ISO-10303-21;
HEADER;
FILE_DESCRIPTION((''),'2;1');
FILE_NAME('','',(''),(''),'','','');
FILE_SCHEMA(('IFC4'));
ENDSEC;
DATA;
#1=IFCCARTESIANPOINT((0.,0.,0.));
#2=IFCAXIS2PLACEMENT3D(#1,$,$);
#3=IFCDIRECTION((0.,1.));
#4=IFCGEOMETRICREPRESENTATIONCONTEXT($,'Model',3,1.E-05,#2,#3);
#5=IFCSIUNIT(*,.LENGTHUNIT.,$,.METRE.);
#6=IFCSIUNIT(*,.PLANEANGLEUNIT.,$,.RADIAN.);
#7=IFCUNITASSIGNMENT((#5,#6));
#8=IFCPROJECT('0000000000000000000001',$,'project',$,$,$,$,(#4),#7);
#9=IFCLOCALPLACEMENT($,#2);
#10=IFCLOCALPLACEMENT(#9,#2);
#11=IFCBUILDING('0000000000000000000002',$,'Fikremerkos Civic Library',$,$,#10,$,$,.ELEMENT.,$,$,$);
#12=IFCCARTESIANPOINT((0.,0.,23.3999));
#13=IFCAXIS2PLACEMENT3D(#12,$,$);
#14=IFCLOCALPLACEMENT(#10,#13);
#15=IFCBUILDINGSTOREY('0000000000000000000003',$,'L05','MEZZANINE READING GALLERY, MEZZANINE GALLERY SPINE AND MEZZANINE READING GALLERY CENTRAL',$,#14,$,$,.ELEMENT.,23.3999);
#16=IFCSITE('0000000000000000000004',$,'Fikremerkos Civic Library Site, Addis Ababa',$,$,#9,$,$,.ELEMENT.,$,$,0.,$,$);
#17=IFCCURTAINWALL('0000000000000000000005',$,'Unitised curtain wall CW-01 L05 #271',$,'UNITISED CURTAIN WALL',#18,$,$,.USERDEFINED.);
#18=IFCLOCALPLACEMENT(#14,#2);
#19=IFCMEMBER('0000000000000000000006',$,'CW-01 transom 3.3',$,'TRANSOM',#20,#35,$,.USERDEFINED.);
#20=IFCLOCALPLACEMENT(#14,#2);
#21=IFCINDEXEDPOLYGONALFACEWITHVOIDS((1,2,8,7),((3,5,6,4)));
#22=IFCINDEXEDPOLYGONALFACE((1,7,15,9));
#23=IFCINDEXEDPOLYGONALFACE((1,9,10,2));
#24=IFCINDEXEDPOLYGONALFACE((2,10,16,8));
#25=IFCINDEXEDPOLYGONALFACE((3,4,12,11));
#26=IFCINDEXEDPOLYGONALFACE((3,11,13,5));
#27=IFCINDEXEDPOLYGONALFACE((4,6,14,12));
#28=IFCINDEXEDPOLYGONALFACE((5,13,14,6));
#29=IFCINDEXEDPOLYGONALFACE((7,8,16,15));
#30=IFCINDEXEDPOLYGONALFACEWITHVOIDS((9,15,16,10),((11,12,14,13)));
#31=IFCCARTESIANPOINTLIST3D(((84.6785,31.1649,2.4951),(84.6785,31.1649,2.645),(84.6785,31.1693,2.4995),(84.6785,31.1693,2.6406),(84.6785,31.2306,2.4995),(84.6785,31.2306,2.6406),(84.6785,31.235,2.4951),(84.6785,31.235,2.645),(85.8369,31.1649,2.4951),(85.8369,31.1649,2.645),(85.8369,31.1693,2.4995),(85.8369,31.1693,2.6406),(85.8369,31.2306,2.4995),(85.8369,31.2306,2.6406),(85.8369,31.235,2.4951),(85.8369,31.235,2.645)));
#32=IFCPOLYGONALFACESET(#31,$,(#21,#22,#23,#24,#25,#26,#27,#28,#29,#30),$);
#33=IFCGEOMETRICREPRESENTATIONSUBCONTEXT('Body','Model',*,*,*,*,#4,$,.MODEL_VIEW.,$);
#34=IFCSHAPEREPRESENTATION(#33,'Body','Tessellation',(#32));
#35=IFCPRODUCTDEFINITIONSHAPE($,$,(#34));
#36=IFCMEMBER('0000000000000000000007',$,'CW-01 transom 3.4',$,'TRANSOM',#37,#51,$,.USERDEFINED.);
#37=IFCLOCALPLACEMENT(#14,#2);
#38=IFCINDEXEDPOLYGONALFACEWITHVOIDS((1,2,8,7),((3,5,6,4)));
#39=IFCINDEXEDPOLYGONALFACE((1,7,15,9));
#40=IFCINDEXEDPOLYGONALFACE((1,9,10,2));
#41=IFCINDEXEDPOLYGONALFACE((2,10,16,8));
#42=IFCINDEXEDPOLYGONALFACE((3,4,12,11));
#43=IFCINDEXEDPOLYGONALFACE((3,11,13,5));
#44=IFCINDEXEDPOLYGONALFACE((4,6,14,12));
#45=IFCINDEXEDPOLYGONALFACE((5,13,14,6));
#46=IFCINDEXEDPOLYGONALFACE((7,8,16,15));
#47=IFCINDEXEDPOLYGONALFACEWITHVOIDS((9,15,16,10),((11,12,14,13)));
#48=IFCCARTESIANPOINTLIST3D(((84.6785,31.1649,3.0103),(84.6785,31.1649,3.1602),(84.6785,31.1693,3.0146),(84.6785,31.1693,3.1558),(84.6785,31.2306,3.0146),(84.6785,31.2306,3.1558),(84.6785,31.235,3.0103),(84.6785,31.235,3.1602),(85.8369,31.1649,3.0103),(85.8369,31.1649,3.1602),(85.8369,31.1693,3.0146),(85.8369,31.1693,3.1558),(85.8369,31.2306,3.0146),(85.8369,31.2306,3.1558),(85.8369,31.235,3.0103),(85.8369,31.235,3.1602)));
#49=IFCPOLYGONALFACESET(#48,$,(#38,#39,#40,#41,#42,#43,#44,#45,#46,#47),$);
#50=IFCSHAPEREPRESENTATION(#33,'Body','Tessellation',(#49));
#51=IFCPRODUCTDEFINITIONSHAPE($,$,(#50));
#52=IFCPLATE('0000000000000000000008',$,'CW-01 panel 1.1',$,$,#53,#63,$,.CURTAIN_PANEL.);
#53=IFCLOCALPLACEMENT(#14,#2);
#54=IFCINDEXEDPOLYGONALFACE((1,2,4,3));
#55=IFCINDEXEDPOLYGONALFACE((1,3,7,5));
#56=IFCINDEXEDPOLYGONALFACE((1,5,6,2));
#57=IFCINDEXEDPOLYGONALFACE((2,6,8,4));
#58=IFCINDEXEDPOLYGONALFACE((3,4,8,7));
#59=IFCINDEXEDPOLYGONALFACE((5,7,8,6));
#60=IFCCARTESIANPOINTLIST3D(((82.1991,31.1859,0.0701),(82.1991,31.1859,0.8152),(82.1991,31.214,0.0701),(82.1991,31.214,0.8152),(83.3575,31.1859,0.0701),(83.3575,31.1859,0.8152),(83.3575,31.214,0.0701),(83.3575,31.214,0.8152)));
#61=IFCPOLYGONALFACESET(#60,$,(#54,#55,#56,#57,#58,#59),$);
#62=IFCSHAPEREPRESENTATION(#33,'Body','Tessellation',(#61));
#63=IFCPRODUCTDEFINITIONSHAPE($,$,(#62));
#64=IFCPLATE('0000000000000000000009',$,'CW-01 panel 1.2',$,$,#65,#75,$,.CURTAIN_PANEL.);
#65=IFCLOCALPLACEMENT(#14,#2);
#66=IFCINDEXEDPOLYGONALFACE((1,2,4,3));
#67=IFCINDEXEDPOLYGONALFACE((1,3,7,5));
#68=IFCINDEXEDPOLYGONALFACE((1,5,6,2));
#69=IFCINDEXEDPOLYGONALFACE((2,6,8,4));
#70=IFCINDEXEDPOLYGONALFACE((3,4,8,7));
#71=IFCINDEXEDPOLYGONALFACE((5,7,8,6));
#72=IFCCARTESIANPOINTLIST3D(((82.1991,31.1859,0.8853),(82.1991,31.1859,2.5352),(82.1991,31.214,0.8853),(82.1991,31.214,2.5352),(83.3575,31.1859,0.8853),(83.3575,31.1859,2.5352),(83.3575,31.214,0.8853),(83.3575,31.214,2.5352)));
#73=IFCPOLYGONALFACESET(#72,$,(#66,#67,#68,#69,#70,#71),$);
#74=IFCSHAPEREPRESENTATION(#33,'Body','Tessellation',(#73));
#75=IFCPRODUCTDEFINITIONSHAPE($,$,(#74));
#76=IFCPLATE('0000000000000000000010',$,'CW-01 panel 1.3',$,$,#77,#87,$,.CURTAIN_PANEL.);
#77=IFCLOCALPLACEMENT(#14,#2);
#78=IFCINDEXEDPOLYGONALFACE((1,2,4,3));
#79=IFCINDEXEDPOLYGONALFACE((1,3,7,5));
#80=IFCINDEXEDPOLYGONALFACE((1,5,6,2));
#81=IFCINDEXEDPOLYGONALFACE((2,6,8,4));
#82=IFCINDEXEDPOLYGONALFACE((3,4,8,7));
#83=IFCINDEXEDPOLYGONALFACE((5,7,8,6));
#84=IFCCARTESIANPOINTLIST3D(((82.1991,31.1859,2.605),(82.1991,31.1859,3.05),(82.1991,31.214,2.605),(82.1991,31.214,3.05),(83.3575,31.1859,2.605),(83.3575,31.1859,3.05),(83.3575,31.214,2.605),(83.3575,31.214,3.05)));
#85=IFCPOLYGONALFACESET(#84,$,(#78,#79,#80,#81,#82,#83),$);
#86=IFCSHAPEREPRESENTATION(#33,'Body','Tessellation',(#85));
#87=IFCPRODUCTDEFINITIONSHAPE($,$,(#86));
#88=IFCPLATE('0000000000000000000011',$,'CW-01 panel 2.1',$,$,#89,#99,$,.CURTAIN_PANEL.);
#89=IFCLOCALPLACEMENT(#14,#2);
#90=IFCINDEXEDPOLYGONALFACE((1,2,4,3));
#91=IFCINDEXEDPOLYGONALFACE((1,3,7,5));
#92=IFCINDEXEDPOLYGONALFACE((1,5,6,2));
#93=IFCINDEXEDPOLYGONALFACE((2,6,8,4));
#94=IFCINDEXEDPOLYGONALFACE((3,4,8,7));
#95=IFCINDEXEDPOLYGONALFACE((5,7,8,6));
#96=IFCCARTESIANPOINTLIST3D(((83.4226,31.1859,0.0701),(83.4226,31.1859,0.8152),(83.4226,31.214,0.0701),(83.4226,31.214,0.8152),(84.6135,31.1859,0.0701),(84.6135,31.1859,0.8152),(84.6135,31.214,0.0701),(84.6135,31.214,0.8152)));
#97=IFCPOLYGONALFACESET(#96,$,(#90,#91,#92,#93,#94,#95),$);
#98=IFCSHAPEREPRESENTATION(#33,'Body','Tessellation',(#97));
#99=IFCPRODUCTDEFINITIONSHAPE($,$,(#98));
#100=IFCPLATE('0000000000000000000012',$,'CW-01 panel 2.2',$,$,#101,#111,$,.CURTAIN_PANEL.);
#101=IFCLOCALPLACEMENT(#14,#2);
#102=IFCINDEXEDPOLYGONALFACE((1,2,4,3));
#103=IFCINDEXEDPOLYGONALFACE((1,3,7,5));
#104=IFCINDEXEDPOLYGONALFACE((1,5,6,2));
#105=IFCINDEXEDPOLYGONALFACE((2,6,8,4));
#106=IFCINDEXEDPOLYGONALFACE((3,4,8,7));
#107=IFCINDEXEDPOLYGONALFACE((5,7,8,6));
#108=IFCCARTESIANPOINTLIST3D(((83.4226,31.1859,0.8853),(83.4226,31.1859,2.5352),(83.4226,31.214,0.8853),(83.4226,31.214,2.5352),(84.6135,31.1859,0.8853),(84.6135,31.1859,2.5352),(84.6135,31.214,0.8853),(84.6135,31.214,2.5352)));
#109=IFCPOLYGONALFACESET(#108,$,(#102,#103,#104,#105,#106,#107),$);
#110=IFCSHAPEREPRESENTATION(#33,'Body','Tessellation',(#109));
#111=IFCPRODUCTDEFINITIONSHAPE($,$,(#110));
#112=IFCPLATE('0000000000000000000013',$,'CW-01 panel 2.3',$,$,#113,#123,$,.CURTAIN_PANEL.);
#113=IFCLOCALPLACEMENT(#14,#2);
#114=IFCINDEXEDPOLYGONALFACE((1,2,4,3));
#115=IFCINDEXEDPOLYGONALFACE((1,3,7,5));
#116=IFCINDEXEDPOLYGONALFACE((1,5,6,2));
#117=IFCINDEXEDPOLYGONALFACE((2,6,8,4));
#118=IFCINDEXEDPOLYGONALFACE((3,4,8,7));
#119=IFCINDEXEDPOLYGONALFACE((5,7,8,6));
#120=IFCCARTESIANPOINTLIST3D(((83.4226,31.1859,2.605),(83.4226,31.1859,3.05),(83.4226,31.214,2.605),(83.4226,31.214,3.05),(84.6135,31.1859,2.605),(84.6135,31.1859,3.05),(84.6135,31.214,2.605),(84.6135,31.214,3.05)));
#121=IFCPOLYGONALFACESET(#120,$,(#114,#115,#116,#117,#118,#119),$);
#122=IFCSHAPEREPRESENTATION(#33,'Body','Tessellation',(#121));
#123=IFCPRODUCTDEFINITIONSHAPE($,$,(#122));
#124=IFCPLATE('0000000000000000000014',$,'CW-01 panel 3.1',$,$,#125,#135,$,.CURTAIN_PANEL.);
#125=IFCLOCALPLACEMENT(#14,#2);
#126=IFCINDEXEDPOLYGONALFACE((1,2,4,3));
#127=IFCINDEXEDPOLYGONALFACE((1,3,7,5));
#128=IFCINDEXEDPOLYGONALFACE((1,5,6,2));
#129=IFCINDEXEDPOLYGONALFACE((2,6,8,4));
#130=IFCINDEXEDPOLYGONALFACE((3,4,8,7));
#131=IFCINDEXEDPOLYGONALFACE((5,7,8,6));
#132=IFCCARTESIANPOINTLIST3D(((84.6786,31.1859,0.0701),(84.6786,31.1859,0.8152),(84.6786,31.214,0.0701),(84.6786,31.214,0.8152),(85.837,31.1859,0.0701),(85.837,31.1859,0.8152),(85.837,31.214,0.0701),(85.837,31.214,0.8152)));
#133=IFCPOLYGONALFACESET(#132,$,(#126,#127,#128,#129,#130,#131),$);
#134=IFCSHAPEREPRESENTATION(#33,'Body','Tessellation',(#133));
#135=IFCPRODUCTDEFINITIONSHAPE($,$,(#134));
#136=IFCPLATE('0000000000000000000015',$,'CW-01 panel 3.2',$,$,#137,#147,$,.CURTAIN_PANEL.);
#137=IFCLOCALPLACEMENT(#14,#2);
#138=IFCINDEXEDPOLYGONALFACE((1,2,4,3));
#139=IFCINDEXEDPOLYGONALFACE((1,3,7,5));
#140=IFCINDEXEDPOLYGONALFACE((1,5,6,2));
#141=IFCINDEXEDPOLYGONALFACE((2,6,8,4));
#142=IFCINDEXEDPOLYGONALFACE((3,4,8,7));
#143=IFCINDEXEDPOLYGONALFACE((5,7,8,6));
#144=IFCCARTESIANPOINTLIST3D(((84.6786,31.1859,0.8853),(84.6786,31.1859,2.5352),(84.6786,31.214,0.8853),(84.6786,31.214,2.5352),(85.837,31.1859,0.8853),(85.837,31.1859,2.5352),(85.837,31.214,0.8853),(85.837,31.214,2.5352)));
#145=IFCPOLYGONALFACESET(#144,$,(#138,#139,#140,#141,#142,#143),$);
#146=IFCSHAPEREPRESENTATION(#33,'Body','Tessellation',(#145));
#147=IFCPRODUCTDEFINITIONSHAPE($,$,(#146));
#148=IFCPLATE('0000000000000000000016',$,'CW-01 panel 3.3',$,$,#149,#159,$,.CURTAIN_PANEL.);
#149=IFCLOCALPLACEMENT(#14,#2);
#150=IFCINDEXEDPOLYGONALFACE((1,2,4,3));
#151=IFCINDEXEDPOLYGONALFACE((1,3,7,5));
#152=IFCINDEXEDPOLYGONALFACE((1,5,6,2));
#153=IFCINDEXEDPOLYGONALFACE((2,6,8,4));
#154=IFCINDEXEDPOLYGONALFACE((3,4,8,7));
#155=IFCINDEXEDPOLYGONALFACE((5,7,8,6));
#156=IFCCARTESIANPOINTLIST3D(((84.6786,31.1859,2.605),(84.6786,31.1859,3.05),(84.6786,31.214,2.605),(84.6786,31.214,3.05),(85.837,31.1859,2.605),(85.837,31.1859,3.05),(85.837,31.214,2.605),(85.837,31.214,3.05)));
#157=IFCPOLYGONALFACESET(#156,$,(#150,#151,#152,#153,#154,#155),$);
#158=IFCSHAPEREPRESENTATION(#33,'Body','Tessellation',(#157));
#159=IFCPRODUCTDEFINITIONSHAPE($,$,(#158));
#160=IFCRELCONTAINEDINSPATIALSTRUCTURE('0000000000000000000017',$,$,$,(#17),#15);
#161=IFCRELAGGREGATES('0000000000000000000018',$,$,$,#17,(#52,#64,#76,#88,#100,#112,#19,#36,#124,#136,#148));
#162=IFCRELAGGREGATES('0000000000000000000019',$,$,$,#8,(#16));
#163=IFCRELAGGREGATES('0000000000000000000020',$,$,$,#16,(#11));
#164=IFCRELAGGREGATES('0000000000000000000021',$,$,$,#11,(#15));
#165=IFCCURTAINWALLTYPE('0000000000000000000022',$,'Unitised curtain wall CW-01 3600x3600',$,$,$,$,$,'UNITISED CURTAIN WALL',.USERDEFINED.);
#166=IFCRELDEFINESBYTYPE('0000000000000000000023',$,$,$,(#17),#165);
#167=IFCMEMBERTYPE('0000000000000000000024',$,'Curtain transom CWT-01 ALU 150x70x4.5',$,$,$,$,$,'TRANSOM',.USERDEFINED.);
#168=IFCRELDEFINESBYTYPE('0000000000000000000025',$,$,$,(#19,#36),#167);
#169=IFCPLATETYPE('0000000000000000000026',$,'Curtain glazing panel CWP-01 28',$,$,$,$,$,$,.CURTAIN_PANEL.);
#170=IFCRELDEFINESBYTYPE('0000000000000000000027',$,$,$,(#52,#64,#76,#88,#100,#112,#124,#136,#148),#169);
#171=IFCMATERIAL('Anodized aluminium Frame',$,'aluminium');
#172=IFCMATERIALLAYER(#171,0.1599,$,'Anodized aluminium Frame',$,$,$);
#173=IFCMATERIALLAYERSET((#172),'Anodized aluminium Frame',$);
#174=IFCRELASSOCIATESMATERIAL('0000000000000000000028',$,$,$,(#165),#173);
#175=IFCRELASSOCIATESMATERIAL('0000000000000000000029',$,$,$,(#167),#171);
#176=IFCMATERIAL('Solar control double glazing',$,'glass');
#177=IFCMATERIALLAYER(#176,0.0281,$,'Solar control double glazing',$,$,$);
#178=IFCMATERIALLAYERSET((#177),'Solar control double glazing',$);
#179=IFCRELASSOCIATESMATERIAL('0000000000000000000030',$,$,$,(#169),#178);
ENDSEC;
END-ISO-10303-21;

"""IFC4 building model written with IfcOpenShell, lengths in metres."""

from ifc_helpers import new_model, si_unit, direction, frame, origin, origin_2d, place, context, subcontext, project, spatial, rectangle, hollow_rectangle, extrude, material, layer, layer_set, material_profile, profile_set, type_object, element, aggregate, save


model = new_model("IFC4")

# Units and contexts
model_context = context("Model", 3, precision=1e-05, world=origin(), true_north=direction((0.0, 1.0)))
body_context = subcontext(model_context, "Body", "Model", "MODEL_VIEW")
ifc_project = project(units=[si_unit("LENGTHUNIT", "METRE"), si_unit("PLANEANGLEUNIT", "RADIAN")], contexts=[model_context])

# Site, building, storey
site_placement = place(None, origin())
site = spatial("IfcSite", under=ifc_project, at=site_placement, Name="Fikremerkos Civic Library Site, Addis Ababa", CompositionType="ELEMENT", RefElevation=0.0)
building_placement = place(site_placement, origin())
building = spatial("IfcBuilding", under=site, at=building_placement, Name="Fikremerkos Civic Library", CompositionType="ELEMENT")
storey_placement = place(building_placement, frame((0.0, 0.0, 23.3999)))
storey = spatial("IfcBuildingStorey", under=building, at=storey_placement, Name="L05", Description="MEZZANINE READING GALLERY, MEZZANINE GALLERY SPINE AND MEZZANINE READING GALLERY CENTRAL", CompositionType="ELEMENT", Elevation=23.3999)

# Curtain wall, members, plates
ifc_material_1 = material(Name="Anodized aluminium Frame", Category="aluminium")
ifc_layer_1 = layer(ifc_material_1, 0.1599, Name="Anodized aluminium Frame")
ifc_layer_set_1 = layer_set([ifc_layer_1], Name="Anodized aluminium Frame")
curtain_wall_type = type_object("IfcCurtainWallType", Name="Unitised curtain wall CW-01 3600x3600", ElementType="UNITISED CURTAIN WALL", PredefinedType="USERDEFINED", material=ifc_layer_set_1)
curtain_wall_placement = place(storey_placement, origin())
curtain_wall = element("IfcCurtainWall", 1, at=curtain_wall_placement, inside=storey, type_object=curtain_wall_type, Name="Unitised curtain wall CW-01 L05 #271", ObjectType="UNITISED CURTAIN WALL", PredefinedType="USERDEFINED")
ifc_material_profile_1 = material_profile(ifc_material_1, hollow_rectangle(XDim=0.0701, YDim=0.1499, WallThickness=0.0044, at=origin_2d()), Name="ALU 150x70x4.5")
ifc_profile_set_1 = profile_set([ifc_material_profile_1], Name="Anodized aluminium Frame")
member_type_1 = type_object("IfcMemberType", Name="Curtain transom CWT-01 ALU 150x70x4.5", ElementType="TRANSOM", PredefinedType="USERDEFINED", material=ifc_profile_set_1)
member_1_placement = place(storey_placement, frame((84.6785, 31.2, 2.5701), z_axis=(1.0, 0.0, 0.0), x_axis=(0.0, 1.0, 0.0)))
member_1 = element("IfcMember", 2, at=member_1_placement, type_object=member_type_1, Name="CW-01 transom 3.3", ObjectType="TRANSOM", PredefinedType="USERDEFINED", context=body_context, shape_type="SweptSolid", body=[
    extrude(hollow_rectangle(XDim=0.0701, YDim=0.1499, WallThickness=0.0044, at=origin_2d()), origin(), (0.0, 0.0, 1.0), 1.1584),
])
member_2_placement = place(storey_placement, frame((84.6785, 31.2, 3.0852), z_axis=(1.0, 0.0, 0.0), x_axis=(0.0, 1.0, 0.0)))
member_2 = element("IfcMember", 3, at=member_2_placement, type_object=member_type_1, Name="CW-01 transom 3.4", ObjectType="TRANSOM", PredefinedType="USERDEFINED", context=body_context, shape_type="SweptSolid", body=[
    extrude(hollow_rectangle(XDim=0.0701, YDim=0.1499, WallThickness=0.0044, at=origin_2d()), origin(), (0.0, 0.0, 1.0), 1.1584),
])
ifc_material_2 = material(Name="Solar control double glazing", Category="glass")
ifc_layer_2 = layer(ifc_material_2, 0.0281, Name="Solar control double glazing")
ifc_layer_set_2 = layer_set([ifc_layer_2], Name="Solar control double glazing")
plate_type = type_object("IfcPlateType", Name="Curtain glazing panel CWP-01 28", PredefinedType="CURTAIN_PANEL", material=ifc_layer_set_2)
plate_1_placement = place(storey_placement, frame((82.7783, 31.2, 0.0701), z_axis=(0.0, 0.0, 1.0), x_axis=(1.0, 0.0, 0.0)))
plate_1 = element("IfcPlate", 4, at=plate_1_placement, type_object=plate_type, Name="CW-01 panel 1.1", PredefinedType="CURTAIN_PANEL", context=body_context, shape_type="SweptSolid", body=[
    extrude(rectangle(XDim=1.1584, YDim=0.0281, at=origin_2d()), origin(), (0.0, 0.0, 1.0), 0.7451),
])
plate_2_placement = place(storey_placement, frame((82.7783, 31.2, 0.8853), z_axis=(0.0, 0.0, 1.0), x_axis=(1.0, 0.0, 0.0)))
plate_2 = element("IfcPlate", 5, at=plate_2_placement, type_object=plate_type, Name="CW-01 panel 1.2", PredefinedType="CURTAIN_PANEL", context=body_context, shape_type="SweptSolid", body=[
    extrude(rectangle(XDim=1.1584, YDim=0.0281, at=origin_2d()), origin(), (0.0, 0.0, 1.0), 1.6499),
])
plate_3_placement = place(storey_placement, frame((82.7783, 31.2, 2.605), z_axis=(0.0, 0.0, 1.0), x_axis=(1.0, 0.0, 0.0)))
plate_3 = element("IfcPlate", 6, at=plate_3_placement, type_object=plate_type, Name="CW-01 panel 1.3", PredefinedType="CURTAIN_PANEL", context=body_context, shape_type="SweptSolid", body=[
    extrude(rectangle(XDim=1.1584, YDim=0.0281, at=origin_2d()), origin(), (0.0, 0.0, 1.0), 0.4451),
])
plate_4_placement = place(storey_placement, frame((84.0181, 31.2, 0.0701), z_axis=(0.0, 0.0, 1.0), x_axis=(1.0, 0.0, 0.0)))
plate_4 = element("IfcPlate", 7, at=plate_4_placement, type_object=plate_type, Name="CW-01 panel 2.1", PredefinedType="CURTAIN_PANEL", context=body_context, shape_type="SweptSolid", body=[
    extrude(rectangle(XDim=1.1909, YDim=0.0281, at=origin_2d()), origin(), (0.0, 0.0, 1.0), 0.7451),
])
plate_5_placement = place(storey_placement, frame((84.0181, 31.2, 0.8853), z_axis=(0.0, 0.0, 1.0), x_axis=(1.0, 0.0, 0.0)))
plate_5 = element("IfcPlate", 8, at=plate_5_placement, type_object=plate_type, Name="CW-01 panel 2.2", PredefinedType="CURTAIN_PANEL", context=body_context, shape_type="SweptSolid", body=[
    extrude(rectangle(XDim=1.1909, YDim=0.0281, at=origin_2d()), origin(), (0.0, 0.0, 1.0), 1.6499),
])
plate_6_placement = place(storey_placement, frame((84.0181, 31.2, 2.605), z_axis=(0.0, 0.0, 1.0), x_axis=(1.0, 0.0, 0.0)))
plate_6 = element("IfcPlate", 9, at=plate_6_placement, type_object=plate_type, Name="CW-01 panel 2.3", PredefinedType="CURTAIN_PANEL", context=body_context, shape_type="SweptSolid", body=[
    extrude(rectangle(XDim=1.1909, YDim=0.0281, at=origin_2d()), origin(), (0.0, 0.0, 1.0), 0.4451),
])
plate_7_placement = place(storey_placement, frame((85.2578, 31.2, 0.0701), z_axis=(0.0, 0.0, 1.0), x_axis=(1.0, 0.0, 0.0)))
plate_7 = element("IfcPlate", 10, at=plate_7_placement, type_object=plate_type, Name="CW-01 panel 3.1", PredefinedType="CURTAIN_PANEL", context=body_context, shape_type="SweptSolid", body=[
    extrude(rectangle(XDim=1.1584, YDim=0.0281, at=origin_2d()), origin(), (0.0, 0.0, 1.0), 0.7451),
])
plate_8_placement = place(storey_placement, frame((85.2578, 31.2, 0.8853), z_axis=(0.0, 0.0, 1.0), x_axis=(1.0, 0.0, 0.0)))
plate_8 = element("IfcPlate", 11, at=plate_8_placement, type_object=plate_type, Name="CW-01 panel 3.2", PredefinedType="CURTAIN_PANEL", context=body_context, shape_type="SweptSolid", body=[
    extrude(rectangle(XDim=1.1584, YDim=0.0281, at=origin_2d()), origin(), (0.0, 0.0, 1.0), 1.6499),
])
plate_9_placement = place(storey_placement, frame((85.2578, 31.2, 2.605), z_axis=(0.0, 0.0, 1.0), x_axis=(1.0, 0.0, 0.0)))
plate_9 = element("IfcPlate", 12, at=plate_9_placement, type_object=plate_type, Name="CW-01 panel 3.3", PredefinedType="CURTAIN_PANEL", context=body_context, shape_type="SweptSolid", body=[
    extrude(rectangle(XDim=1.1584, YDim=0.0281, at=origin_2d()), origin(), (0.0, 0.0, 1.0), 0.4451),
])
aggregate(curtain_wall, [plate_1, plate_2, plate_3, plate_4, plate_5, plate_6, member_1, member_2, plate_7, plate_8, plate_9])

save(model, "model.ifc")
